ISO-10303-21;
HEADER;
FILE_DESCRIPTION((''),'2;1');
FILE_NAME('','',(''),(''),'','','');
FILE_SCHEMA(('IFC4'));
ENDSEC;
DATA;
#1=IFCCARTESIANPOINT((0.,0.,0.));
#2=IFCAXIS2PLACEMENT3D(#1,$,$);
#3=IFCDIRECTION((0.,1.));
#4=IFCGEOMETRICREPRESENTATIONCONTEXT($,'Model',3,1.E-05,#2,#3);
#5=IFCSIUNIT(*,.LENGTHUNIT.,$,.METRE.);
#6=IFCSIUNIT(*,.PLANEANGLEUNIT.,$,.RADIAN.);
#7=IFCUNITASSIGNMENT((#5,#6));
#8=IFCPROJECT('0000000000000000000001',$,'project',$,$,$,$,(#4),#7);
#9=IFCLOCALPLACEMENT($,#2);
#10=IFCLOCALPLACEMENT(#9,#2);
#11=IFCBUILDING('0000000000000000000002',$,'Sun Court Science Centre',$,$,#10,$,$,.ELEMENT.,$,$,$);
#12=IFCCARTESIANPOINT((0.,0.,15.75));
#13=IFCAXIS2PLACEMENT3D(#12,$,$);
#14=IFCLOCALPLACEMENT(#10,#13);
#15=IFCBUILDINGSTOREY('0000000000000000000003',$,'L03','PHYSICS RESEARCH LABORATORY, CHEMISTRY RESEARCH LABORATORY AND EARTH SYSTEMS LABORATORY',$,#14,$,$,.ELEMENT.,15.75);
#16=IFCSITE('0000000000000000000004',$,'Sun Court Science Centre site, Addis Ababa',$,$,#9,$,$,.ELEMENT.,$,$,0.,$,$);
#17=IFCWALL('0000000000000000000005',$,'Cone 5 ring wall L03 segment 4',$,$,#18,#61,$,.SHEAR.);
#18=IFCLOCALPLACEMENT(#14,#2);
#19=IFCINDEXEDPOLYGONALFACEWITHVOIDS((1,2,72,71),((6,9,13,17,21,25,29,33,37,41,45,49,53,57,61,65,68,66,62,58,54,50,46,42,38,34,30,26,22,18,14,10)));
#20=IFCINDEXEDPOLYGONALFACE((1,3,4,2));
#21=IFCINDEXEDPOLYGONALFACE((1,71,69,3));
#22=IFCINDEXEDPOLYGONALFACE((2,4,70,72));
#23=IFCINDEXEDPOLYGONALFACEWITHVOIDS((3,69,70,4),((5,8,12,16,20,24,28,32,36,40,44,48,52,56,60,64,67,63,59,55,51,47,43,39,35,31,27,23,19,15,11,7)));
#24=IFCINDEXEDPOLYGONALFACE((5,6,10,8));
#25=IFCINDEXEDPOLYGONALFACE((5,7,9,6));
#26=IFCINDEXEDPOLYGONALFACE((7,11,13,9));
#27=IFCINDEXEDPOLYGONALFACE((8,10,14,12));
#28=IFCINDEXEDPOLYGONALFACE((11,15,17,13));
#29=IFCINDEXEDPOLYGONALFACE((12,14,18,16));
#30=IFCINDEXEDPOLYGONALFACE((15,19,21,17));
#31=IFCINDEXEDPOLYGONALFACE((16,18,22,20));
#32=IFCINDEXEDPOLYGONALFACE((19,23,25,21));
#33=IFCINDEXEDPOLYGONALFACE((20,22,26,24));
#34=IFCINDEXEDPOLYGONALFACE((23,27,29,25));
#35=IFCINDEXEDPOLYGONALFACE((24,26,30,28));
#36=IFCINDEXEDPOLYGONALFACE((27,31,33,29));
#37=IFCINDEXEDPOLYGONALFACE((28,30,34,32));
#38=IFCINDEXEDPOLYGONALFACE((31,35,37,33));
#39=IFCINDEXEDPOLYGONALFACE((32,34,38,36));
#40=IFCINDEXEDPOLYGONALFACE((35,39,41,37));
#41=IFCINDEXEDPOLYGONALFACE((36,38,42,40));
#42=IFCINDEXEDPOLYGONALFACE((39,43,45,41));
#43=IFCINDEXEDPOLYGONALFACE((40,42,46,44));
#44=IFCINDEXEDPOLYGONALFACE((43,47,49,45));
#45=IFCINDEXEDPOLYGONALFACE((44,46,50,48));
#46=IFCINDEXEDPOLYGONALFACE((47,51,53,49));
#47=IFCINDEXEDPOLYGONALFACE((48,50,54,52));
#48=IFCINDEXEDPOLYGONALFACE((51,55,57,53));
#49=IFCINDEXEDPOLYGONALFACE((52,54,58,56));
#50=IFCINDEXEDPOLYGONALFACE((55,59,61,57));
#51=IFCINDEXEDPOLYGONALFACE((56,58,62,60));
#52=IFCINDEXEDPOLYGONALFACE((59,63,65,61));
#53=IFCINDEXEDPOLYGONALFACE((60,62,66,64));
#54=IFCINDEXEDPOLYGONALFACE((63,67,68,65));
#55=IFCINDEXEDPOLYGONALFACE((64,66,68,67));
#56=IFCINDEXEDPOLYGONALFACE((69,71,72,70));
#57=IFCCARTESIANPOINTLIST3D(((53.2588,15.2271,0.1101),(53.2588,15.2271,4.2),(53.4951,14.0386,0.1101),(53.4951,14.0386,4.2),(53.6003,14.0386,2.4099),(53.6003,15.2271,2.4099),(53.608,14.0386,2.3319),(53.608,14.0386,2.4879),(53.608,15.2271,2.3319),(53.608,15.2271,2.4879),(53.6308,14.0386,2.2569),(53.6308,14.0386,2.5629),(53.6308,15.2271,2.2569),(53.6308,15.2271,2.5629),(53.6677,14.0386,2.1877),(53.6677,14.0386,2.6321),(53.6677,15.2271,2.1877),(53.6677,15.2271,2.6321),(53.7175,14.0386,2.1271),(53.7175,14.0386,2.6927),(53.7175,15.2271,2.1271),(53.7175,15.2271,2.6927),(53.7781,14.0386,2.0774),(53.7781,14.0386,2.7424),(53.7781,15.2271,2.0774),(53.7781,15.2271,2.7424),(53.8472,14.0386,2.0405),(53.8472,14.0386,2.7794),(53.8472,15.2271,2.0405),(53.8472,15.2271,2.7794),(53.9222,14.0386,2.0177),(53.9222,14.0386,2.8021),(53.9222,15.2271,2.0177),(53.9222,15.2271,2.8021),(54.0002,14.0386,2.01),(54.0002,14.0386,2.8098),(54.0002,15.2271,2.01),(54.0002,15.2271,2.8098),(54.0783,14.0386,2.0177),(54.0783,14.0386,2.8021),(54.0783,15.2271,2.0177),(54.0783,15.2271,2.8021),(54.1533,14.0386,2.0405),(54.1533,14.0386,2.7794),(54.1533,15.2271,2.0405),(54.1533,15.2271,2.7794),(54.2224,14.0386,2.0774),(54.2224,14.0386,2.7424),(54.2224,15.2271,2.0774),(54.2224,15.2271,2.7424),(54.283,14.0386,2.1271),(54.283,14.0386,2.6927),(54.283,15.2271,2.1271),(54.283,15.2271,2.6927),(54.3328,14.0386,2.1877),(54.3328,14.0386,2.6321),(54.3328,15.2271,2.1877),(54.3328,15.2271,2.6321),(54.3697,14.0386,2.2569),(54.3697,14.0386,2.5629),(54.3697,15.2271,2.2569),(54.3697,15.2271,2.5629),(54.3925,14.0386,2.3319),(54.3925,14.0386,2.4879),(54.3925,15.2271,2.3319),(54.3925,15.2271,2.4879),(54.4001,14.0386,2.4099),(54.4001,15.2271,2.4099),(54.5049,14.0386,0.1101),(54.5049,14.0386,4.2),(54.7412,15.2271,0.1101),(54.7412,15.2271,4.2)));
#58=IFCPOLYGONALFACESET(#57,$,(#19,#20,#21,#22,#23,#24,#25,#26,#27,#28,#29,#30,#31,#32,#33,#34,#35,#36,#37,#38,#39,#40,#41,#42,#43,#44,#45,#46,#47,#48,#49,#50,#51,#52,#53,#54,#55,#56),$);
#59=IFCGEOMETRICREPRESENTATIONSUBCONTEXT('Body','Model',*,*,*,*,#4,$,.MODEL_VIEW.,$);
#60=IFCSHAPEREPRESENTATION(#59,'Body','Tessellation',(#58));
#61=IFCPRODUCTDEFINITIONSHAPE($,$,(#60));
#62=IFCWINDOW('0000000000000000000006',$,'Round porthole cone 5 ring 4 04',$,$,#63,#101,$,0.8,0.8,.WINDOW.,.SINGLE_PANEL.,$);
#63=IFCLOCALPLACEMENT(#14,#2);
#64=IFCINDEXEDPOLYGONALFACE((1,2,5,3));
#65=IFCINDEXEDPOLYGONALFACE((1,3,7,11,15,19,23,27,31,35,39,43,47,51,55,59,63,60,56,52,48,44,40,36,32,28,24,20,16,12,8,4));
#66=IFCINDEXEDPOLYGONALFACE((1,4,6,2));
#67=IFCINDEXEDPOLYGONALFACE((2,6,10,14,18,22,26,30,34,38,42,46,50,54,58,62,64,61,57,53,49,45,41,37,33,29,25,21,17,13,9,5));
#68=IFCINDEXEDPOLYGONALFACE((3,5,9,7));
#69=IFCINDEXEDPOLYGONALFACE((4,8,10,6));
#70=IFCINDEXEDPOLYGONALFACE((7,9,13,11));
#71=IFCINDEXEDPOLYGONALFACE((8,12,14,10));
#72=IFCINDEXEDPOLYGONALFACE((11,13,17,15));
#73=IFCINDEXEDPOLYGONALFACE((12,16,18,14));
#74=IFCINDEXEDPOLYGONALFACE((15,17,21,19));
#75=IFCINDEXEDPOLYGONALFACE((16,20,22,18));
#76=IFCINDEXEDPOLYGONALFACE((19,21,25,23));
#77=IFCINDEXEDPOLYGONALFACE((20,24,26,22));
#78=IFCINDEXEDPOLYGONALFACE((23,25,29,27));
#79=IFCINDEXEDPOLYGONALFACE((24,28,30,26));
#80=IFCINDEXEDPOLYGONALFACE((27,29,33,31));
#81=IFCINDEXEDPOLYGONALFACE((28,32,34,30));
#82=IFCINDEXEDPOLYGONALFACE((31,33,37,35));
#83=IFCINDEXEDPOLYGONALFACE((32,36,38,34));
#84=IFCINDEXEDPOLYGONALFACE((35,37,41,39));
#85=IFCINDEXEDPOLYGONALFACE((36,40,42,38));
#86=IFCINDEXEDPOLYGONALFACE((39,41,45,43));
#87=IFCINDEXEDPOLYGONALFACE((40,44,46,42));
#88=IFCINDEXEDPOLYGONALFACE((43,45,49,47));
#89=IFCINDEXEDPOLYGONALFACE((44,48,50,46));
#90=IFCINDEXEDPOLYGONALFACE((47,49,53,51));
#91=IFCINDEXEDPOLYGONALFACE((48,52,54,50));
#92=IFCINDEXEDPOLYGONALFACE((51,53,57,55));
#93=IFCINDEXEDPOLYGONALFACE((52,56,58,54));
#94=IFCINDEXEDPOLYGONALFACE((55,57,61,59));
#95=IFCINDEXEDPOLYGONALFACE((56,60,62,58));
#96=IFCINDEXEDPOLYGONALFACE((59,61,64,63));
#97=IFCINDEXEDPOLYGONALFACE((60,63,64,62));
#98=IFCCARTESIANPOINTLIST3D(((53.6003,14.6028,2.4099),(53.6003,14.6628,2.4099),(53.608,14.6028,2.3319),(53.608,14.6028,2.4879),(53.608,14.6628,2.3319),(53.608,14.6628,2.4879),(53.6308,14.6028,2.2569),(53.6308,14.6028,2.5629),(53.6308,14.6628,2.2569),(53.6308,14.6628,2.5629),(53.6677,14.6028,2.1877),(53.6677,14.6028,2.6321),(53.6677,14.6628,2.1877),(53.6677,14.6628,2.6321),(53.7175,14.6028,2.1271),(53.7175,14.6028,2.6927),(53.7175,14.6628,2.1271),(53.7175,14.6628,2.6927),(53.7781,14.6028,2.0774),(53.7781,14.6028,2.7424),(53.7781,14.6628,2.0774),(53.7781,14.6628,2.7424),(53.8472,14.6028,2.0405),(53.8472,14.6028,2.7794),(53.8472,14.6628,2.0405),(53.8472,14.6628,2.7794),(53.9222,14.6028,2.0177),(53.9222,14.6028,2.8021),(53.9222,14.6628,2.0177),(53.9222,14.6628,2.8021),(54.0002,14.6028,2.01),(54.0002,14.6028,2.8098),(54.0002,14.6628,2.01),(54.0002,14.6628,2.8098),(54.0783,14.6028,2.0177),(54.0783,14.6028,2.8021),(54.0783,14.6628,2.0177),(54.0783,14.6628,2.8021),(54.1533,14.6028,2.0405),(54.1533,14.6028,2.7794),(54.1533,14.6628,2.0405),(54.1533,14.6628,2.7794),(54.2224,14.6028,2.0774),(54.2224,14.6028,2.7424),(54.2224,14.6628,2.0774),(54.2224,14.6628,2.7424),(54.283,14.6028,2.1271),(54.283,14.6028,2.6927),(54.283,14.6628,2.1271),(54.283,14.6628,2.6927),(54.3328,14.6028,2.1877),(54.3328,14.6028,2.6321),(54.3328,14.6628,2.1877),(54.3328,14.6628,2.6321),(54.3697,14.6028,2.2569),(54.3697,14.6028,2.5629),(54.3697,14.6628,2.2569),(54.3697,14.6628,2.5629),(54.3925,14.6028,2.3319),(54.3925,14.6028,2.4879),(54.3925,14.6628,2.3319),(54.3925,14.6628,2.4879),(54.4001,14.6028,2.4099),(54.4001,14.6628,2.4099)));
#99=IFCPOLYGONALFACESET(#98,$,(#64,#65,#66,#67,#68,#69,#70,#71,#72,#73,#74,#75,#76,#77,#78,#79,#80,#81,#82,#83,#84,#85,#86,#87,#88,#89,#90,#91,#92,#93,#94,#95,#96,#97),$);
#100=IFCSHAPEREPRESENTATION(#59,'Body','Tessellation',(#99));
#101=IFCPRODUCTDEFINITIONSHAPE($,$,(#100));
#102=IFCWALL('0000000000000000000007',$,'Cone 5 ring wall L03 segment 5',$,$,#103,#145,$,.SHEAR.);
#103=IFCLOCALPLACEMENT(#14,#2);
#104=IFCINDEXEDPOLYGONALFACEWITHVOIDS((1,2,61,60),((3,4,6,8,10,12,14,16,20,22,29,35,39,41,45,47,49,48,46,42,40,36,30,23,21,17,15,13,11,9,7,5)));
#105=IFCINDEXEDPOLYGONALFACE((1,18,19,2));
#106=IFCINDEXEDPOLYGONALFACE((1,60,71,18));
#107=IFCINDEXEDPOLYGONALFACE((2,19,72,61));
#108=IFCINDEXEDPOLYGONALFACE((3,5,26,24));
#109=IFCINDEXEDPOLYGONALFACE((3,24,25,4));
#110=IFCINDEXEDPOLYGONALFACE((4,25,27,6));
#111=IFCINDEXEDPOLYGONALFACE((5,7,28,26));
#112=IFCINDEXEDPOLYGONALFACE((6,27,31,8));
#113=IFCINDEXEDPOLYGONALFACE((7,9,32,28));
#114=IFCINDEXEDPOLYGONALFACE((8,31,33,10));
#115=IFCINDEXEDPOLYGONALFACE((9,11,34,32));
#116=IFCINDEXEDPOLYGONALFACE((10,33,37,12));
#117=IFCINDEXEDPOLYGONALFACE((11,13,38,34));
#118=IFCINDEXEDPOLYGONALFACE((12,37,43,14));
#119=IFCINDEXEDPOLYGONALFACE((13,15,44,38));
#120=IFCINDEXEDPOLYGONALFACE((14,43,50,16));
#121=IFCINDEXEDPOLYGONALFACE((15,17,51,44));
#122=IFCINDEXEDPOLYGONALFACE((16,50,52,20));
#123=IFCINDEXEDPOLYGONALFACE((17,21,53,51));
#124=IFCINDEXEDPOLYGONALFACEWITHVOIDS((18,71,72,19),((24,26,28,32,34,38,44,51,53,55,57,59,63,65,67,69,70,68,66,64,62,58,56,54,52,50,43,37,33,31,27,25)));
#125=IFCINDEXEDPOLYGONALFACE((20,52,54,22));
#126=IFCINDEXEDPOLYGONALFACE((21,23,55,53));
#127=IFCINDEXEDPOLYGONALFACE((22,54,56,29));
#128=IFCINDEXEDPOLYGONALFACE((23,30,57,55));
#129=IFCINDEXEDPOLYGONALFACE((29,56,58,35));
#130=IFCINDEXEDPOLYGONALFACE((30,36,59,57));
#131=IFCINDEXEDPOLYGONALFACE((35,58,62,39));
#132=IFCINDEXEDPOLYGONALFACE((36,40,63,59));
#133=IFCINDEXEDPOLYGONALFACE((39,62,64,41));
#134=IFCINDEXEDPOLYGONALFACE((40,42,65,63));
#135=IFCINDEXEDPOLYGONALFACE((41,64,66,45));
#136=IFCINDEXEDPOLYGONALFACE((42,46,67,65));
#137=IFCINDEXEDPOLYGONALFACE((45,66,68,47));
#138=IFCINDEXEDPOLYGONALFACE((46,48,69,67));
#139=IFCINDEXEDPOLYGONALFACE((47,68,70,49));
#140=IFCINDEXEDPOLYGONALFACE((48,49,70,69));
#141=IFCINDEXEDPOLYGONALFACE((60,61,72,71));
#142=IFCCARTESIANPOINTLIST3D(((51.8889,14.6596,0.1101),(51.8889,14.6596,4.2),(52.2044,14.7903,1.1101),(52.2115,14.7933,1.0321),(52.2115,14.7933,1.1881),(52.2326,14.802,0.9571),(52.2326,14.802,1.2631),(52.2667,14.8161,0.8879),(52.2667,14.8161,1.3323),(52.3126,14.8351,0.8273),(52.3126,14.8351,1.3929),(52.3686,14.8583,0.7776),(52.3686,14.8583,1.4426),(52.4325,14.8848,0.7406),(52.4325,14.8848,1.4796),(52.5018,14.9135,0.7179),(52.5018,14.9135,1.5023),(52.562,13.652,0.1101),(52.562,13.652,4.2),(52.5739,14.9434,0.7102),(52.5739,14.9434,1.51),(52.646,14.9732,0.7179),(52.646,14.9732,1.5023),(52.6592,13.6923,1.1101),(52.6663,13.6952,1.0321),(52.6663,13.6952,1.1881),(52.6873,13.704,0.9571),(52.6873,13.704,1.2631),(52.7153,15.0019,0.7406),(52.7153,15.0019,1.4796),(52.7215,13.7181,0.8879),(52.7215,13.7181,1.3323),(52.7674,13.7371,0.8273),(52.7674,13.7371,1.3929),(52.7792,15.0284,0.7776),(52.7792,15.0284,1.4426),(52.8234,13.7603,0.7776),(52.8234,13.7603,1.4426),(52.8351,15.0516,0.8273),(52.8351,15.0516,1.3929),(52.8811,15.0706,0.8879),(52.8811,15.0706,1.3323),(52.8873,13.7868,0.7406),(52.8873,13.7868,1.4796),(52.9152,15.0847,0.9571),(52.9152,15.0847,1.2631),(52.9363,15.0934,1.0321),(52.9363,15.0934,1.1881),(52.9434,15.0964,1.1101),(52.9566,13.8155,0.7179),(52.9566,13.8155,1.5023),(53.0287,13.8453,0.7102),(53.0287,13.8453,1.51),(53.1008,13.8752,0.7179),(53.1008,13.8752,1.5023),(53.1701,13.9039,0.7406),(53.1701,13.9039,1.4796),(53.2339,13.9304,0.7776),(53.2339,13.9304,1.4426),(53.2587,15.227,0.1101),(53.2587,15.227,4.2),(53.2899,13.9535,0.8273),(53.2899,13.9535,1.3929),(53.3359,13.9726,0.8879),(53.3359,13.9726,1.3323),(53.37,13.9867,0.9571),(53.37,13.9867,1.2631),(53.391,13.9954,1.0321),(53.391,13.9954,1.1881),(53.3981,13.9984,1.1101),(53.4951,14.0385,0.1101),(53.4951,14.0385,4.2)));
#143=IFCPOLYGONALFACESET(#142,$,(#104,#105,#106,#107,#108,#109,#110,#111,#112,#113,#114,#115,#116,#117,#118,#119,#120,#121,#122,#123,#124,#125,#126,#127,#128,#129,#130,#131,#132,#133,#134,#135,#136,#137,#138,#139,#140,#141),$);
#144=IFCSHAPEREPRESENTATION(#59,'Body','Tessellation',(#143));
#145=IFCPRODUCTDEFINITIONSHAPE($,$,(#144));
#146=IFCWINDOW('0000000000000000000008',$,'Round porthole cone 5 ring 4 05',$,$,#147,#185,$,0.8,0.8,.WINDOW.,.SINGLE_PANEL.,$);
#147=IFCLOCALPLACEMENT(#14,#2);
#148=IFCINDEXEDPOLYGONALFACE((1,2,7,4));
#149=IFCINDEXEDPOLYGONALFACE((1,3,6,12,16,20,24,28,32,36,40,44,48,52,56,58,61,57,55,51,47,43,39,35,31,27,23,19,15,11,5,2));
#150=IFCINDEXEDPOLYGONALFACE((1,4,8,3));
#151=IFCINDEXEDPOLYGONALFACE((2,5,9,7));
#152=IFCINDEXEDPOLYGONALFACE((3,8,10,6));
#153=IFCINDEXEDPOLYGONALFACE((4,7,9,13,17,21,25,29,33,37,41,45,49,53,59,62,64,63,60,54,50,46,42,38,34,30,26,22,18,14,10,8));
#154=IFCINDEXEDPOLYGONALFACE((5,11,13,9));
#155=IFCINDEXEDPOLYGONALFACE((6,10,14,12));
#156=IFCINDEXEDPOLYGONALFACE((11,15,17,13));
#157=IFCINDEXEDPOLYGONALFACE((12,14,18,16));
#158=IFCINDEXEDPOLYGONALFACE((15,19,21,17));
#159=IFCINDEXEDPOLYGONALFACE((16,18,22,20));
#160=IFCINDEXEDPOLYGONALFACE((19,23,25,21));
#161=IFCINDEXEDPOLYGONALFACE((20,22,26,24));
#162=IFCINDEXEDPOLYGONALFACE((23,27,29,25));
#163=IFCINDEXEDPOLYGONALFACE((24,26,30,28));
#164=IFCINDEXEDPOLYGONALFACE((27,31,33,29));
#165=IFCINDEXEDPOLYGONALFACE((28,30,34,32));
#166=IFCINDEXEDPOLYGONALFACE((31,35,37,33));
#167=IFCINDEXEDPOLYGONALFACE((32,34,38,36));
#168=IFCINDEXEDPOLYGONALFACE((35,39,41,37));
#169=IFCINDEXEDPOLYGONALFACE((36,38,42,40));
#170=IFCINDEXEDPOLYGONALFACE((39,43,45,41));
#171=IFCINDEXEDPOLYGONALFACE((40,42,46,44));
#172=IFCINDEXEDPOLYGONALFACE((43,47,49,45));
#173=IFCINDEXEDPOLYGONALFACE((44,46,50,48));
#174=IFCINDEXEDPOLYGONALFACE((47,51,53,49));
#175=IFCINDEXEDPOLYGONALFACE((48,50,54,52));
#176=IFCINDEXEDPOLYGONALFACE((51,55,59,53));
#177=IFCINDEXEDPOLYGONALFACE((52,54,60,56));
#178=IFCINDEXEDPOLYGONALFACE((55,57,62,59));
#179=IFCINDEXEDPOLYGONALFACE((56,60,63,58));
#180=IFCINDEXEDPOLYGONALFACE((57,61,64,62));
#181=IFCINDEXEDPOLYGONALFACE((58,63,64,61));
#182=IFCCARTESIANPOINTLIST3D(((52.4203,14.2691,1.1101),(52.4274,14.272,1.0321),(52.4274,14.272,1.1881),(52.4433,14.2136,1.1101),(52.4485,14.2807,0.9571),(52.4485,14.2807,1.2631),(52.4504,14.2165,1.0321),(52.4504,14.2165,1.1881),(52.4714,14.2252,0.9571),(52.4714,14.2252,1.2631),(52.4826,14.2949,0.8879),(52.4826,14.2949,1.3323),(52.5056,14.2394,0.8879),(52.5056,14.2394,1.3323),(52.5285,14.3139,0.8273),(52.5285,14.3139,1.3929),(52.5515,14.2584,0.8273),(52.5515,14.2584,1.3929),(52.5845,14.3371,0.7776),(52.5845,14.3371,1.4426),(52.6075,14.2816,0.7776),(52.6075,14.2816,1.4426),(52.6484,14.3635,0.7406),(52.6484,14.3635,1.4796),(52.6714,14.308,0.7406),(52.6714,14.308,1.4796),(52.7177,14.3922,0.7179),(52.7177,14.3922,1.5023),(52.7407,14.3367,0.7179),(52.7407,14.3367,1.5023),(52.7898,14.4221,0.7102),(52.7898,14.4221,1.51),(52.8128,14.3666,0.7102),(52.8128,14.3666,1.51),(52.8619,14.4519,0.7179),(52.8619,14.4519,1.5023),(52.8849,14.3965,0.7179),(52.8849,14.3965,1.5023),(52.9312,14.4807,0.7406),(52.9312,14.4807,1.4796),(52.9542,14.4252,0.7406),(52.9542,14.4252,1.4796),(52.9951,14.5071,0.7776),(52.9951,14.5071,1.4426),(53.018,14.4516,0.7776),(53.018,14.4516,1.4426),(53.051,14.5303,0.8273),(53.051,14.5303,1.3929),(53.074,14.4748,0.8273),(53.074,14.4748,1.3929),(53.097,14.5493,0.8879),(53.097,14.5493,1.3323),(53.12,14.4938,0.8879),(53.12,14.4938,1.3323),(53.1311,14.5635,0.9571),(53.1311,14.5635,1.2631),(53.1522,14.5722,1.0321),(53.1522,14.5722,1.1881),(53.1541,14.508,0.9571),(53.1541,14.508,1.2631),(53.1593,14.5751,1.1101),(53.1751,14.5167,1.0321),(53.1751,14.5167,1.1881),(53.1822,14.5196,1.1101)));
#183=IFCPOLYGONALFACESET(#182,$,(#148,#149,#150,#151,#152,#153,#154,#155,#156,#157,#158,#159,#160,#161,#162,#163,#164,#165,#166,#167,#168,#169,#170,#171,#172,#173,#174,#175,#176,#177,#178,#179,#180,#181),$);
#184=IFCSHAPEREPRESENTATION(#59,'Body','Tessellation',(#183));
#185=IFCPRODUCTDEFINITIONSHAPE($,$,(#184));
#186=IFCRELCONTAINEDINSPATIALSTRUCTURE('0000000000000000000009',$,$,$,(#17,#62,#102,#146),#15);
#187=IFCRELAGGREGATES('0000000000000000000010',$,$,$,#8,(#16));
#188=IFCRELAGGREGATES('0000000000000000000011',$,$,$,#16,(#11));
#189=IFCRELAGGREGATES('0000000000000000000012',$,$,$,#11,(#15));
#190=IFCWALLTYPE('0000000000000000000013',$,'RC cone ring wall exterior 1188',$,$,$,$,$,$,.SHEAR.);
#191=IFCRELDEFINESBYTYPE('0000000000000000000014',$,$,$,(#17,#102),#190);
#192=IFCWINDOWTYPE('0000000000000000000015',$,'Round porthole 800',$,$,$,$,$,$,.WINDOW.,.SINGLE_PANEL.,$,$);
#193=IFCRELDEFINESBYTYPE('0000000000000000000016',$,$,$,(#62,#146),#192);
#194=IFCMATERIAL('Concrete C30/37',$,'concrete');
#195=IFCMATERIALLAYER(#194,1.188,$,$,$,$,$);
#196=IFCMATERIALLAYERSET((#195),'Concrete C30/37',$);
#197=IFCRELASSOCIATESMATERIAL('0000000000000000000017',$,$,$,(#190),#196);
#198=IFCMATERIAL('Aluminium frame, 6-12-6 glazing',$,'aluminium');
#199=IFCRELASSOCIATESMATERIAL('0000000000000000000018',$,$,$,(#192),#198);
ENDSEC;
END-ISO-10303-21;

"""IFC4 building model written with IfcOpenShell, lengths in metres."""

from ifc_helpers import new_model, si_unit, direction, frame, frame_2d, origin, place, context, subcontext, project, spatial, polyline, circle, outline, extrude, material, layer, layer_set, type_object, element, fill, save


model = new_model("IFC4")

# Units and contexts
model_context = context("Model", 3, precision=1e-05, world=origin(), true_north=direction((0.0, 1.0)))
body_context = subcontext(model_context, "Body", "Model", "MODEL_VIEW")
ifc_project = project(units=[si_unit("LENGTHUNIT", "METRE"), si_unit("PLANEANGLEUNIT", "RADIAN")], contexts=[model_context])

# Site, building, storey
site_placement = place(None, origin())
site = spatial("IfcSite", under=ifc_project, at=site_placement, Name="Sun Court Science Centre site, Addis Ababa", CompositionType="ELEMENT", RefElevation=0.0)
building_placement = place(site_placement, origin())
building = spatial("IfcBuilding", under=site, at=building_placement, Name="Sun Court Science Centre", CompositionType="ELEMENT")
storey_placement = place(building_placement, frame((0.0, 0.0, 15.75)))
storey = spatial("IfcBuildingStorey", under=building, at=storey_placement, Name="L03", Description="PHYSICS RESEARCH LABORATORY, CHEMISTRY RESEARCH LABORATORY AND EARTH SYSTEMS LABORATORY", CompositionType="ELEMENT", Elevation=15.75)

# Walls, openings, windows
ifc_material_1 = material(Name="Concrete C30/37", Category="concrete")
ifc_layer_1 = layer(ifc_material_1, 1.188)
ifc_layer_set_1 = layer_set([ifc_layer_1], Name="Concrete C30/37")
wall_type_1 = type_object("IfcWallType", Name="RC cone ring wall exterior 1188", PredefinedType="SHEAR", material=ifc_layer_set_1)
ifc_material_2 = material(Name="Aluminium frame, 6-12-6 glazing", Category="aluminium")
window_type_1 = type_object("IfcWindowType", Name="Round porthole 800", PartitioningType="SINGLE_PANEL", PredefinedType="WINDOW", material=ifc_material_2)
wall_1_placement = place(storey_placement, frame((54.7415, 14.6328, 0.1101), z_axis=(0.0, 0.0, 1.0), x_axis=(-1.0, 0.0, 0.0)))
wall_1 = element("IfcWall", 1, at=wall_1_placement, inside=storey, type_object=wall_type_1, Name="Cone 5 ring wall L03 segment 4", PredefinedType="SHEAR", context=body_context, shape_type="SweptSolid", body=[
    extrude(outline(polyline([(0.0002, -0.5942), (1.4827, -0.5942), (1.2463, 0.5942), (0.2366, 0.5942), (0.0002, -0.5942)])), origin(), (0.0, 0.0, 1.0), 4.0898),
])
opening_1_placement = place(wall_1_placement, frame((0.3413, 0.0, 1.8999)))
opening_1 = element("IfcOpeningElement", 2, at=opening_1_placement, cuts=wall_1, PredefinedType="OPENING", context=body_context, shape_type="SweptSolid", body=[
    extrude(circle(Radius=0.3999, at=frame_2d((0.3999, 0.3999))), frame((0.0, 0.6042, 0.0), z_axis=(0.0, -1.0, 0.0), x_axis=(1.0, 0.0, 0.0)), (0.0, 0.0, 1.0), 1.2085),
])
window_1_placement = place(opening_1_placement, origin())
window_1 = element("IfcWindow", 3, at=window_1_placement, inside=storey, type_object=window_type_1, Name="Round porthole cone 5 ring 4 04", OverallHeight=0.8, OverallWidth=0.8, PartitioningType="SINGLE_PANEL", PredefinedType="WINDOW", context=body_context, shape_type="SweptSolid", body=[
    extrude(circle(Radius=0.3999, at=frame_2d((0.3999, 0.3999))), frame((0.0, 0.03, 0.0), z_axis=(0.0, -1.0, 0.0), x_axis=(1.0, 0.0, 0.0)), (0.0, 0.0, 1.0), 0.0601),
])
fill(opening_1, window_1)
wall_2_placement = place(storey_placement, frame((53.4861, 14.678, 0.1101), z_axis=(0.0, 0.0, 1.0), x_axis=(-0.923888, -0.382662, 0.0)))
wall_2 = element("IfcWall", 4, at=wall_2_placement, inside=storey, type_object=wall_type_1, Name="Cone 5 ring wall L03 segment 5", PredefinedType="SHEAR", context=body_context, shape_type="SweptSolid", body=[
    extrude(outline(polyline([(0.0, -0.5942), (1.4827, -0.5942), (1.2463, 0.5942), (0.2363, 0.5942), (0.0, -0.5942)])), origin(), (0.0, 0.0, 1.0), 4.0898),
])
opening_2_placement = place(wall_2_placement, frame((0.3413, 0.0, 0.6001)))
opening_2 = element("IfcOpeningElement", 5, at=opening_2_placement, cuts=wall_2, PredefinedType="OPENING", context=body_context, shape_type="SweptSolid", body=[
    extrude(circle(Radius=0.3999, at=frame_2d((0.3999, 0.3999))), frame((0.0, 0.6042, 0.0), z_axis=(0.0, -1.0, 0.0), x_axis=(1.0, 0.0, 0.0)), (0.0, 0.0, 1.0), 1.2085),
])
window_2_placement = place(opening_2_placement, origin())
window_2 = element("IfcWindow", 6, at=window_2_placement, inside=storey, type_object=window_type_1, Name="Round porthole cone 5 ring 4 05", OverallHeight=0.8, OverallWidth=0.8, PartitioningType="SINGLE_PANEL", PredefinedType="WINDOW", context=body_context, shape_type="SweptSolid", body=[
    extrude(circle(Radius=0.3999, at=frame_2d((0.3999, 0.3999))), frame((0.0, 0.03, 0.0), z_axis=(0.0, -1.0, 0.0), x_axis=(1.0, 0.0, 0.0)), (0.0, 0.0, 1.0), 0.0601),
])
fill(opening_2, window_2)

save(model, "model.ifc")
